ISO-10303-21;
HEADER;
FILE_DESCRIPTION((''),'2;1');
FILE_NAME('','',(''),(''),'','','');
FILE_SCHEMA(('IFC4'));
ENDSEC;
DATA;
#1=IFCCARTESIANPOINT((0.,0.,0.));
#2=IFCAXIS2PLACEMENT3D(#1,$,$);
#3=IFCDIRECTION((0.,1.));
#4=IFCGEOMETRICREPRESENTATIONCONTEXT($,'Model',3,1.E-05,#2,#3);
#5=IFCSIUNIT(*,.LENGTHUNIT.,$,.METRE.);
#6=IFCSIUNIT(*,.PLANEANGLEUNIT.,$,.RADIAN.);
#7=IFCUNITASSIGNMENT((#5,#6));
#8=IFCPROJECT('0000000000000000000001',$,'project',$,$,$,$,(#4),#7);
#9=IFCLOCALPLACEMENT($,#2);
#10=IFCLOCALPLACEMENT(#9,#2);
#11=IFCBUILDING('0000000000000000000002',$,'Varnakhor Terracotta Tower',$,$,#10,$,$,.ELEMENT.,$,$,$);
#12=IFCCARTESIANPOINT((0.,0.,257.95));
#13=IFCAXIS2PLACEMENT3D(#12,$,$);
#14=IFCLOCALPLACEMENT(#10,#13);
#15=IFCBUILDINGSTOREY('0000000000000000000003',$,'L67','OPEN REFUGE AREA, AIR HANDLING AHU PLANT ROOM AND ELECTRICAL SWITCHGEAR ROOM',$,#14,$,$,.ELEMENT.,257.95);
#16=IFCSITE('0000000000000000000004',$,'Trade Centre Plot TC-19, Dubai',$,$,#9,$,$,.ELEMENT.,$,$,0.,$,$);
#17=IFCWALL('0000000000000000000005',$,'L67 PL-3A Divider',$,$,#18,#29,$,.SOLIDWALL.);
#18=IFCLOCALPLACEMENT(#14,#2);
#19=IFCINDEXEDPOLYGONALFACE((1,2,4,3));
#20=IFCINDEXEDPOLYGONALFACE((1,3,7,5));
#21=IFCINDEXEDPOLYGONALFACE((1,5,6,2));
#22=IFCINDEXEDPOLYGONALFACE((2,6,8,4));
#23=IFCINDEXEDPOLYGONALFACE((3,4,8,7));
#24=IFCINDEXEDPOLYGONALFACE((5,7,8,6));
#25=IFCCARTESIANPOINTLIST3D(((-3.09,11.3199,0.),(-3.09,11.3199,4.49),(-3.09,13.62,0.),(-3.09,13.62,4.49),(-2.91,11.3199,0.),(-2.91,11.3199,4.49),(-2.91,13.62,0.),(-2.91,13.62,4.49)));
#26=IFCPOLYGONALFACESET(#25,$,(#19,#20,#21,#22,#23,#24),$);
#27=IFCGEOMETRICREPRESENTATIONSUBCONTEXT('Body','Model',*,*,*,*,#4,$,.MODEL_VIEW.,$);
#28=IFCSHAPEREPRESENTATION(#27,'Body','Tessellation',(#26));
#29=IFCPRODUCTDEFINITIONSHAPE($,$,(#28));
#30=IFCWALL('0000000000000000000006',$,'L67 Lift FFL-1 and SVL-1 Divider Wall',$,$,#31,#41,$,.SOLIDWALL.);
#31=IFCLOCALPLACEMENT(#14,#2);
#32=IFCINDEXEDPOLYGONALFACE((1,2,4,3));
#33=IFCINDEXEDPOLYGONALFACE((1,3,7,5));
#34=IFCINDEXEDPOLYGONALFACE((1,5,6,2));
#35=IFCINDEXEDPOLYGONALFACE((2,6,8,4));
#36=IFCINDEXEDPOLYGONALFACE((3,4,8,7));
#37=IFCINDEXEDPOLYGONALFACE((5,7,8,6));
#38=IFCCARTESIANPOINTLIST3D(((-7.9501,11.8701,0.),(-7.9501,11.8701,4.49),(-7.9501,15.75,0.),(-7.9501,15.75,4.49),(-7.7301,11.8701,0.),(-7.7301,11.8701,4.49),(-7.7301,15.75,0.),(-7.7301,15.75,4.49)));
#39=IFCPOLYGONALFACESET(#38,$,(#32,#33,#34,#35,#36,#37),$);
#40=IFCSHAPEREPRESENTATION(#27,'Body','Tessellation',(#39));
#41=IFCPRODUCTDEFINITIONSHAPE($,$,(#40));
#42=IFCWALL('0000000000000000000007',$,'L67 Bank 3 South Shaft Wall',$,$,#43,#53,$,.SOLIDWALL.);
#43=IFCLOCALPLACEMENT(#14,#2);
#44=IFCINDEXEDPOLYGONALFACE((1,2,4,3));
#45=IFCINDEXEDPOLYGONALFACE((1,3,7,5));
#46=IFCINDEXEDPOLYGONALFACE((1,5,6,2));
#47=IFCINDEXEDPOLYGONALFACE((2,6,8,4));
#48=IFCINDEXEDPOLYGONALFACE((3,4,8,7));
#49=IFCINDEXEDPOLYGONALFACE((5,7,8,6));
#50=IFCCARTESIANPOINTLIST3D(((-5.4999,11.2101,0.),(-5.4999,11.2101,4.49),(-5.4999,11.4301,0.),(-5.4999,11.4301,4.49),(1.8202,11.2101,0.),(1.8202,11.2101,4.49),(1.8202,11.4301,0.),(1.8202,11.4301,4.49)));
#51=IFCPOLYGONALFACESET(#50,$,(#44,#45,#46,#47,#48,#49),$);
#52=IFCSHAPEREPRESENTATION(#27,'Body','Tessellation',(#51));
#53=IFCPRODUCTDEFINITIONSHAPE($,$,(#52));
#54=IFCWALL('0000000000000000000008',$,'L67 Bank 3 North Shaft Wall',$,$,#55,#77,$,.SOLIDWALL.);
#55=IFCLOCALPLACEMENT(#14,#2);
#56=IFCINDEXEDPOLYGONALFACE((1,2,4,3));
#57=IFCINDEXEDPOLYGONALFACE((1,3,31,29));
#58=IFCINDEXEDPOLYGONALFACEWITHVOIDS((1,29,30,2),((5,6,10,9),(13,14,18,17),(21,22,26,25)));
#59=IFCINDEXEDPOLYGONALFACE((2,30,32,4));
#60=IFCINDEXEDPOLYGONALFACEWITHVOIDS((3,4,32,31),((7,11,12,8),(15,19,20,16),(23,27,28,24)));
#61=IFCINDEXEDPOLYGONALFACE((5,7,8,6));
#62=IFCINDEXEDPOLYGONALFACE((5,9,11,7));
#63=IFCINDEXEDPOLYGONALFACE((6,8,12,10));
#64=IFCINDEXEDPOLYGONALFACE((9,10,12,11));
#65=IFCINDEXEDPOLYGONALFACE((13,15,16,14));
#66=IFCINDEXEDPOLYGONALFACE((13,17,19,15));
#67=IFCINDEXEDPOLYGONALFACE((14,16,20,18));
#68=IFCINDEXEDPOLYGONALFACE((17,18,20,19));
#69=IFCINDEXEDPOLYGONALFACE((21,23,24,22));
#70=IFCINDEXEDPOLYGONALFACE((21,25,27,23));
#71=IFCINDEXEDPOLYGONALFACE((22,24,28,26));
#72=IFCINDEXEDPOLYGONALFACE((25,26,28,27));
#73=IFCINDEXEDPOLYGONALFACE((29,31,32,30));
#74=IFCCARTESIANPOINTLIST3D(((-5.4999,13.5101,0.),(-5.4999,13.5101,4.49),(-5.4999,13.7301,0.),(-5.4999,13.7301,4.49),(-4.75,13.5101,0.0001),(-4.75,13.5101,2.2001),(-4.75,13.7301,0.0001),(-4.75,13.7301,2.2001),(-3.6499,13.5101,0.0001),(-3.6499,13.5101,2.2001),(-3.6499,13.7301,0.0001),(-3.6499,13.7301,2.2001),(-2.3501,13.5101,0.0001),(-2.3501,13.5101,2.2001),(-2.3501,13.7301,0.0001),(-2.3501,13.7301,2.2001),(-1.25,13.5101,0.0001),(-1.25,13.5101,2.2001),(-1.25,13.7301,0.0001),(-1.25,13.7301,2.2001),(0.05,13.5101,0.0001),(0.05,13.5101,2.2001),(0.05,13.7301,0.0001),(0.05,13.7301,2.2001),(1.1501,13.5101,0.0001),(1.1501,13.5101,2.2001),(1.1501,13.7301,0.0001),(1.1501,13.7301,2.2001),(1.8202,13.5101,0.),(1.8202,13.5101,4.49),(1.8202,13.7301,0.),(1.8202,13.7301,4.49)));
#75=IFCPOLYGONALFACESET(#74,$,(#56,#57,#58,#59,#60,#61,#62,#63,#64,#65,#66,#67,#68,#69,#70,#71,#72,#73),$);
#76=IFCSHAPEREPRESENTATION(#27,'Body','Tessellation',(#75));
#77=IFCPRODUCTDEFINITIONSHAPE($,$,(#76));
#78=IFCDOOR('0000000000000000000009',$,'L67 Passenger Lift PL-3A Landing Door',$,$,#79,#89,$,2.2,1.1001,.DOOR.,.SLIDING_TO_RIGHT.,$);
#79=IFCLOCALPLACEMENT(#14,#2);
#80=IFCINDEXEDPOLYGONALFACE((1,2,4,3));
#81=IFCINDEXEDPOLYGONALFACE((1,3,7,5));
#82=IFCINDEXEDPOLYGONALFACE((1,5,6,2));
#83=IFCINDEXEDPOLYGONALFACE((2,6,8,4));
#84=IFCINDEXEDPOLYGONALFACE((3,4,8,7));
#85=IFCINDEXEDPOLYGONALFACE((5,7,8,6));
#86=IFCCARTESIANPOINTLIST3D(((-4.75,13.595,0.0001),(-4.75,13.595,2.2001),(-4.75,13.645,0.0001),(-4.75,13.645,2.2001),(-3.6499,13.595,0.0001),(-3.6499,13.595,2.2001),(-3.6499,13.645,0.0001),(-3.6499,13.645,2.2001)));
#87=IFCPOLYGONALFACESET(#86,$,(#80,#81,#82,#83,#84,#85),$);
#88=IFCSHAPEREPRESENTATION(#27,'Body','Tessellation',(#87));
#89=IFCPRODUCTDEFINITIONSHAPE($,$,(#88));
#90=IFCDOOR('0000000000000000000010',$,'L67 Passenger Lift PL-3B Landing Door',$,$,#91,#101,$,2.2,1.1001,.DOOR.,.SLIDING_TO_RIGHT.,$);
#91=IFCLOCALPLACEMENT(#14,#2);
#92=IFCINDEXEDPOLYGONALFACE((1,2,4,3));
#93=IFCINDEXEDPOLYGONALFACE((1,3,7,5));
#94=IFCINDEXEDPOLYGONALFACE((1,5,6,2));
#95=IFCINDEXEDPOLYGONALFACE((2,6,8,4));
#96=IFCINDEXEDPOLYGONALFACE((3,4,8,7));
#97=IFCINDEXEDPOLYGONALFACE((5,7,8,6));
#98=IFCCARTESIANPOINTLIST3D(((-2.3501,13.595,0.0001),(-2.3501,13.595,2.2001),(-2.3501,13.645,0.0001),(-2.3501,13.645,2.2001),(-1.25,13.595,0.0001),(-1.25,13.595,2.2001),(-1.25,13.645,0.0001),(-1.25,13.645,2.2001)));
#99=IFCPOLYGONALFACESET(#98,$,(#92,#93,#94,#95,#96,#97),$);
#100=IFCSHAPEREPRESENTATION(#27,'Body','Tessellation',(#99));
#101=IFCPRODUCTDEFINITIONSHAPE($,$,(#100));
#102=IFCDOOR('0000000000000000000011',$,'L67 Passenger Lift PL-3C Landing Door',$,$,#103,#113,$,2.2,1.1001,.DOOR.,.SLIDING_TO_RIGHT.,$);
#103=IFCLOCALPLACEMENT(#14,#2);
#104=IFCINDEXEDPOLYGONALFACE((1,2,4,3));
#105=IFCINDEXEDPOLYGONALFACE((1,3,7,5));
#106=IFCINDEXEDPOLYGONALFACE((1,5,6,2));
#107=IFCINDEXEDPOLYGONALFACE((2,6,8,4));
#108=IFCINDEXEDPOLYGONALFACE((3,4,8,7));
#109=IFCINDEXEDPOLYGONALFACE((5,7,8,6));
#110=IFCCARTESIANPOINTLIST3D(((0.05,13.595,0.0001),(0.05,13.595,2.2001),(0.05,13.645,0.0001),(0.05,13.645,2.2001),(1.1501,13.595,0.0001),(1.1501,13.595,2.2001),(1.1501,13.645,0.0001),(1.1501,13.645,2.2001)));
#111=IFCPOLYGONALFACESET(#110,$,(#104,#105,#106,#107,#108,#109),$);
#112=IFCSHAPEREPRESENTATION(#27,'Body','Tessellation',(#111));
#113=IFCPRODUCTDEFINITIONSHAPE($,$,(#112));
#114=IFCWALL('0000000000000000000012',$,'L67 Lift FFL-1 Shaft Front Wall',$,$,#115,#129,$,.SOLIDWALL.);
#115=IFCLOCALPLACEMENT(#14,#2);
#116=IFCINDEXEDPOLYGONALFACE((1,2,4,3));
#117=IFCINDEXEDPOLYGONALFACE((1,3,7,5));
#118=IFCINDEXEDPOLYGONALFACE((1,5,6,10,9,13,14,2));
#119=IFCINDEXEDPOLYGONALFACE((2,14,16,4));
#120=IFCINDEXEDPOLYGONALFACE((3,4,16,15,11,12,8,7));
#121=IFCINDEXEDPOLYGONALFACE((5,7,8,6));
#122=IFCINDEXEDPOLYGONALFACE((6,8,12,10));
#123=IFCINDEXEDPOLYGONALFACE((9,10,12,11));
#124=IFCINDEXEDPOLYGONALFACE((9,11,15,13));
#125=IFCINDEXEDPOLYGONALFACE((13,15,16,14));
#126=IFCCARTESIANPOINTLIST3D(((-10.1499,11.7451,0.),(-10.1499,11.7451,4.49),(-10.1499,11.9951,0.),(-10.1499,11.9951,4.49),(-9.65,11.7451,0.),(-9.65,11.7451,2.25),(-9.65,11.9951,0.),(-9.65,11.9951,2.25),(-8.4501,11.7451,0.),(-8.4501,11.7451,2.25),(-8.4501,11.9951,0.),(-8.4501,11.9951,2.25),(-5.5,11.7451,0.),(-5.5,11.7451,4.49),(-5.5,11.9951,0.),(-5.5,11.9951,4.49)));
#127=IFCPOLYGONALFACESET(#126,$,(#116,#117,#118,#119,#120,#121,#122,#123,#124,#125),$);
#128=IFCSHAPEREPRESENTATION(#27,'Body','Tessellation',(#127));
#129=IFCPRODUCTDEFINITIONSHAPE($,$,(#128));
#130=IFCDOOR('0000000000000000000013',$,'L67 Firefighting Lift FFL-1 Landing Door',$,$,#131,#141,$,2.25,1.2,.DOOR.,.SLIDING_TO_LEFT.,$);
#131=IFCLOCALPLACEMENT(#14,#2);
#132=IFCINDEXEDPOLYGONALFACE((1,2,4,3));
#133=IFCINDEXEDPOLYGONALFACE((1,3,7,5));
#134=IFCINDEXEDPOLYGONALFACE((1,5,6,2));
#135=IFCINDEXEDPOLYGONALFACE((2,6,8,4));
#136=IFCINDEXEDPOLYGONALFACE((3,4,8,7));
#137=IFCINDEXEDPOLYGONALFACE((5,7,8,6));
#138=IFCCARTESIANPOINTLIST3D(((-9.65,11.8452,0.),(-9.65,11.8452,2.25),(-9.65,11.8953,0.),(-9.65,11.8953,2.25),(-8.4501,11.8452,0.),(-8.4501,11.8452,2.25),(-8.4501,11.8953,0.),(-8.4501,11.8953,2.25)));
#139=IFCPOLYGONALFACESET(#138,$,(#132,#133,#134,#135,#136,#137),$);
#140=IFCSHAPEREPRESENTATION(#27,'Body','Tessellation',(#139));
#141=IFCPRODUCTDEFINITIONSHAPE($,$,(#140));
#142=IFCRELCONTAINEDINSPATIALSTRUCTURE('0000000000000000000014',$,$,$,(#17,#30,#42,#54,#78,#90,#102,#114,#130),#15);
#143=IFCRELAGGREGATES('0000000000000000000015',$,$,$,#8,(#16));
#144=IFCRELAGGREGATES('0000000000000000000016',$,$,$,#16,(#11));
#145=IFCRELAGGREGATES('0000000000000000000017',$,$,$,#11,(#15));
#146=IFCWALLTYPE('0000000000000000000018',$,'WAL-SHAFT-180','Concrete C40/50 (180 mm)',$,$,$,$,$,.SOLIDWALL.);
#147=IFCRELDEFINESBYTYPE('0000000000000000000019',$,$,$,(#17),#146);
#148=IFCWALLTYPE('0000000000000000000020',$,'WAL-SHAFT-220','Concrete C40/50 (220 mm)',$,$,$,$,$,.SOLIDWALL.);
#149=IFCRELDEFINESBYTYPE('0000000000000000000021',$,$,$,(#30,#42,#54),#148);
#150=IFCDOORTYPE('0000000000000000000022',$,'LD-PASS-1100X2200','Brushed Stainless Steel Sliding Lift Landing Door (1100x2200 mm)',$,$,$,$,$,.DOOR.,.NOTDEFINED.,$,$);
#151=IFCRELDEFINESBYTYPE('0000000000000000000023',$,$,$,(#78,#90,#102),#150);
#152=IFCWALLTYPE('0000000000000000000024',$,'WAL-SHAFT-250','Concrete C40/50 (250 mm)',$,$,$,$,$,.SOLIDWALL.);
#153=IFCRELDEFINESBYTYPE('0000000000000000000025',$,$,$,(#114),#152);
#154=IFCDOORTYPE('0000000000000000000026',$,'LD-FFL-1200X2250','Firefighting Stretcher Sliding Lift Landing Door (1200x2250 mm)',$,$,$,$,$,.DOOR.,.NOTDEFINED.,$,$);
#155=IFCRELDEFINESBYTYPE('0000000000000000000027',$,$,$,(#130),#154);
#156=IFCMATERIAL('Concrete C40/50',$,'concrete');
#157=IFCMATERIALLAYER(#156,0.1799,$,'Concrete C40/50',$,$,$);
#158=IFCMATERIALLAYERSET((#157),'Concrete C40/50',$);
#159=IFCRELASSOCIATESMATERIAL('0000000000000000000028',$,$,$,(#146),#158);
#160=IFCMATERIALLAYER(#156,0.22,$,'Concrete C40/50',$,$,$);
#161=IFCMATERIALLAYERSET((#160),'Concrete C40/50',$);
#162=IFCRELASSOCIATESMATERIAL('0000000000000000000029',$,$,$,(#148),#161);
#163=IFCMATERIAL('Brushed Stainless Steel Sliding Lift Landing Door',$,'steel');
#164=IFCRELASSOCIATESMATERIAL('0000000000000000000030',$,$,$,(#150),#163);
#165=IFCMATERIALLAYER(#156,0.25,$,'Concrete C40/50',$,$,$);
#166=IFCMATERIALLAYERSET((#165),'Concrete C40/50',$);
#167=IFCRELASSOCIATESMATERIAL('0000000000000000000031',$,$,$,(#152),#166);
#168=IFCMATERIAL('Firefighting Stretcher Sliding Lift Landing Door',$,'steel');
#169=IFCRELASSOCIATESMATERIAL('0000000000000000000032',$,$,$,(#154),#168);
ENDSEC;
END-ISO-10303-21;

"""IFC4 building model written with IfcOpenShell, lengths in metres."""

from ifc_helpers import new_model, si_unit, direction, frame, frame_2d, origin, place, context, subcontext, project, spatial, rectangle, extrude, source, transform, mapped, material, layer, layer_set, type_object, type_shapes, element, fill, save


model = new_model("IFC4")

# Units and contexts
model_context = context("Model", 3, precision=1e-05, world=origin(), true_north=direction((0.0, 1.0)))
body_context = subcontext(model_context, "Body", "Model", "MODEL_VIEW")
ifc_project = project(units=[si_unit("LENGTHUNIT", "METRE"), si_unit("PLANEANGLEUNIT", "RADIAN")], contexts=[model_context])

# Site, building, storey
site_placement = place(None, origin())
site = spatial("IfcSite", under=ifc_project, at=site_placement, Name="Trade Centre Plot TC-19, Dubai", CompositionType="ELEMENT", RefElevation=0.0)
building_placement = place(site_placement, origin())
building = spatial("IfcBuilding", under=site, at=building_placement, Name="Varnakhor Terracotta Tower", CompositionType="ELEMENT")
storey_placement = place(building_placement, frame((0.0, 0.0, 257.95)))
storey = spatial("IfcBuildingStorey", under=building, at=storey_placement, Name="L67", Description="OPEN REFUGE AREA, AIR HANDLING AHU PLANT ROOM AND ELECTRICAL SWITCHGEAR ROOM", CompositionType="ELEMENT", Elevation=257.95)

# Shared definitions
ifc_material_1 = material(Name="Concrete C40/50", Category="concrete")

# Walls
ifc_layer_1 = layer(ifc_material_1, 0.1799, Name="Concrete C40/50")
ifc_layer_set_1 = layer_set([ifc_layer_1], Name="Concrete C40/50")
wall_type_1 = type_object("IfcWallType", Name="WAL-SHAFT-180", Description="Concrete C40/50 (180 mm)", PredefinedType="SOLIDWALL", material=ifc_layer_set_1)
wall_1_placement = place(storey_placement, frame((-3.0, 11.3201, 0.0), z_axis=(0.0, 0.0, 1.0), x_axis=(0.0, 1.0, 0.0)))
element("IfcWall", 1, at=wall_1_placement, inside=storey, type_object=wall_type_1, Name="L67 PL-3A Divider", PredefinedType="SOLIDWALL", context=body_context, shape_type="SweptSolid", body=[
    extrude(rectangle(XDim=2.3, YDim=0.1799, at=frame_2d((1.1499, 0.0))), origin(), (0.0, 0.0, 1.0), 4.49),
])
ifc_layer_2 = layer(ifc_material_1, 0.22, Name="Concrete C40/50")
ifc_layer_set_2 = layer_set([ifc_layer_2], Name="Concrete C40/50")
wall_type_2 = type_object("IfcWallType", Name="WAL-SHAFT-220", Description="Concrete C40/50 (220 mm)", PredefinedType="SOLIDWALL", material=ifc_layer_set_2)
wall_2_placement = place(storey_placement, frame((-7.8401, 11.8701, 0.0), z_axis=(0.0, 0.0, 1.0), x_axis=(0.0, 1.0, 0.0)))
element("IfcWall", 2, at=wall_2_placement, inside=storey, type_object=wall_type_2, Name="L67 Lift FFL-1 and SVL-1 Divider Wall", PredefinedType="SOLIDWALL", context=body_context, shape_type="SweptSolid", body=[
    extrude(rectangle(XDim=3.8799, YDim=0.22, at=frame_2d((1.9399, 0.0))), origin(), (0.0, 0.0, 1.0), 4.49),
])
wall_3_placement = place(storey_placement, frame((-5.5, 11.3201, 0.0), z_axis=(0.0, 0.0, 1.0), x_axis=(1.0, 0.0, 0.0)))
element("IfcWall", 3, at=wall_3_placement, inside=storey, type_object=wall_type_2, Name="L67 Bank 3 South Shaft Wall", PredefinedType="SOLIDWALL", context=body_context, shape_type="SweptSolid", body=[
    extrude(rectangle(XDim=7.3201, YDim=0.22, at=frame_2d((3.6602, 0.0))), origin(), (0.0, 0.0, 1.0), 4.49),
])

# Wall, openings, doors
wall_4_placement = place(storey_placement, frame((-5.5, 13.6201, 0.0), z_axis=(0.0, 0.0, 1.0), x_axis=(1.0, 0.0, 0.0)))
wall_4 = element("IfcWall", 4, at=wall_4_placement, inside=storey, type_object=wall_type_2, Name="L67 Bank 3 North Shaft Wall", PredefinedType="SOLIDWALL", context=body_context, shape_type="SweptSolid", body=[
    extrude(rectangle(XDim=7.3201, YDim=0.22, at=frame_2d((3.6602, 0.0))), origin(), (0.0, 0.0, 1.0), 4.49),
])
opening_1_placement = place(wall_4_placement, frame((0.75, 0.0, 0.0)))
opening_1 = element("IfcOpeningElement", 5, at=opening_1_placement, cuts=wall_4, PredefinedType="OPENING", context=body_context, shape_type="SweptSolid", body=[
    extrude(rectangle(XDim=1.1001, YDim=2.2, at=frame_2d((0.55, 1.1001))), frame((0.0, 0.1201, 0.0), z_axis=(0.0, -1.0, 0.0), x_axis=(1.0, 0.0, 0.0)), (0.0, 0.0, 1.0), 0.24),
])
opening_2_placement = place(wall_4_placement, frame((3.1499, 0.0, 0.0)))
opening_2 = element("IfcOpeningElement", 6, at=opening_2_placement, cuts=wall_4, PredefinedType="OPENING", context=body_context, shape_type="SweptSolid", body=[
    extrude(rectangle(XDim=1.1001, YDim=2.2, at=frame_2d((0.55, 1.1001))), frame((0.0, 0.1201, 0.0), z_axis=(0.0, -1.0, 0.0), x_axis=(1.0, 0.0, 0.0)), (0.0, 0.0, 1.0), 0.24),
])
opening_3_placement = place(wall_4_placement, frame((5.55, 0.0, 0.0)))
opening_3 = element("IfcOpeningElement", 7, at=opening_3_placement, cuts=wall_4, PredefinedType="OPENING", context=body_context, shape_type="SweptSolid", body=[
    extrude(rectangle(XDim=1.1001, YDim=2.2, at=frame_2d((0.55, 1.1001))), frame((0.0, 0.1201, 0.0), z_axis=(0.0, -1.0, 0.0), x_axis=(1.0, 0.0, 0.0)), (0.0, 0.0, 1.0), 0.24),
])
ifc_material_2 = material(Name="Brushed Stainless Steel Sliding Lift Landing Door", Category="steel")
door_type_1 = type_object("IfcDoorType", Name="LD-PASS-1100X2200", Description="Brushed Stainless Steel Sliding Lift Landing Door (1100x2200 mm)", OperationType="NOTDEFINED", PredefinedType="DOOR", material=ifc_material_2)
shared_shape_1 = source(origin(), body_context, "Body", "SweptSolid", [
    extrude(rectangle(XDim=1.1001, YDim=2.2, at=frame_2d((0.55, 1.1001))), frame((0.0, 0.0249, 0.0), z_axis=(0.0, -1.0, 0.0), x_axis=(1.0, 0.0, 0.0)), (0.0, 0.0, 1.0), 0.05),
])
type_shapes(door_type_1, [shared_shape_1])
door_1_placement = place(opening_1_placement, origin())
door_1 = element("IfcDoor", 8, at=door_1_placement, inside=storey, type_object=door_type_1, Name="L67 Passenger Lift PL-3A Landing Door", OperationType="SLIDING_TO_RIGHT", OverallHeight=2.2, OverallWidth=1.1001, PredefinedType="DOOR", context=body_context, shape_type="MappedRepresentation", body=[
    mapped(shared_shape_1, transform((0.0, 0.0, 0.0), scale=1.0)),
])
fill(opening_1, door_1)
door_2_placement = place(opening_2_placement, origin())
door_2 = element("IfcDoor", 9, at=door_2_placement, inside=storey, type_object=door_type_1, Name="L67 Passenger Lift PL-3B Landing Door", OperationType="SLIDING_TO_RIGHT", OverallHeight=2.2, OverallWidth=1.1001, PredefinedType="DOOR", context=body_context, shape_type="MappedRepresentation", body=[
    mapped(shared_shape_1, transform((0.0, 0.0, 0.0), scale=1.0)),
])
fill(opening_2, door_2)
door_3_placement = place(opening_3_placement, origin())
door_3 = element("IfcDoor", 10, at=door_3_placement, inside=storey, type_object=door_type_1, Name="L67 Passenger Lift PL-3C Landing Door", OperationType="SLIDING_TO_RIGHT", OverallHeight=2.2, OverallWidth=1.1001, PredefinedType="DOOR", context=body_context, shape_type="MappedRepresentation", body=[
    mapped(shared_shape_1, transform((0.0, 0.0, 0.0), scale=1.0)),
])
fill(opening_3, door_3)

# Wall, opening, door
ifc_layer_3 = layer(ifc_material_1, 0.25, Name="Concrete C40/50")
ifc_layer_set_3 = layer_set([ifc_layer_3], Name="Concrete C40/50")
wall_type_3 = type_object("IfcWallType", Name="WAL-SHAFT-250", Description="Concrete C40/50 (250 mm)", PredefinedType="SOLIDWALL", material=ifc_layer_set_3)
wall_5_placement = place(storey_placement, frame((-5.5, 11.8701, 0.0), z_axis=(0.0, 0.0, 1.0), x_axis=(-1.0, 0.0, 0.0)))
wall_5 = element("IfcWall", 11, at=wall_5_placement, inside=storey, type_object=wall_type_3, Name="L67 Lift FFL-1 Shaft Front Wall", PredefinedType="SOLIDWALL", context=body_context, shape_type="SweptSolid", body=[
    extrude(rectangle(XDim=4.6499, YDim=0.25, at=frame_2d((2.325, 0.0))), origin(), (0.0, 0.0, 1.0), 4.49),
])
opening_4_placement = place(wall_5_placement, frame((2.95, 0.0, 0.0)))
opening_4 = element("IfcOpeningElement", 12, at=opening_4_placement, cuts=wall_5, PredefinedType="OPENING", context=body_context, shape_type="SweptSolid", body=[
    extrude(rectangle(XDim=1.2, YDim=2.25, at=frame_2d((0.6001, 1.125))), frame((0.0, 0.135, 0.0), z_axis=(0.0, -1.0, 0.0), x_axis=(1.0, 0.0, 0.0)), (0.0, 0.0, 1.0), 0.27),
])
ifc_material_3 = material(Name="Firefighting Stretcher Sliding Lift Landing Door", Category="steel")
door_type_2 = type_object("IfcDoorType", Name="LD-FFL-1200X2250", Description="Firefighting Stretcher Sliding Lift Landing Door (1200x2250 mm)", OperationType="NOTDEFINED", PredefinedType="DOOR", material=ifc_material_3)
shared_shape_2 = source(origin(), body_context, "Body", "SweptSolid", [
    extrude(rectangle(XDim=1.2, YDim=2.25, at=frame_2d((0.6001, 1.125))), frame((0.0, 0.0249, 0.0), z_axis=(0.0, -1.0, 0.0), x_axis=(1.0, 0.0, 0.0)), (0.0, 0.0, 1.0), 0.05),
])
type_shapes(door_type_2, [shared_shape_2])
door_4_placement = place(opening_4_placement, origin())
door_4 = element("IfcDoor", 13, at=door_4_placement, inside=storey, type_object=door_type_2, Name="L67 Firefighting Lift FFL-1 Landing Door", OperationType="SLIDING_TO_LEFT", OverallHeight=2.25, OverallWidth=1.2, PredefinedType="DOOR", context=body_context, shape_type="MappedRepresentation", body=[
    mapped(shared_shape_2, transform((0.0, 0.0, 0.0), scale=1.0)),
])
fill(opening_4, door_4)

save(model, "model.ifc")
